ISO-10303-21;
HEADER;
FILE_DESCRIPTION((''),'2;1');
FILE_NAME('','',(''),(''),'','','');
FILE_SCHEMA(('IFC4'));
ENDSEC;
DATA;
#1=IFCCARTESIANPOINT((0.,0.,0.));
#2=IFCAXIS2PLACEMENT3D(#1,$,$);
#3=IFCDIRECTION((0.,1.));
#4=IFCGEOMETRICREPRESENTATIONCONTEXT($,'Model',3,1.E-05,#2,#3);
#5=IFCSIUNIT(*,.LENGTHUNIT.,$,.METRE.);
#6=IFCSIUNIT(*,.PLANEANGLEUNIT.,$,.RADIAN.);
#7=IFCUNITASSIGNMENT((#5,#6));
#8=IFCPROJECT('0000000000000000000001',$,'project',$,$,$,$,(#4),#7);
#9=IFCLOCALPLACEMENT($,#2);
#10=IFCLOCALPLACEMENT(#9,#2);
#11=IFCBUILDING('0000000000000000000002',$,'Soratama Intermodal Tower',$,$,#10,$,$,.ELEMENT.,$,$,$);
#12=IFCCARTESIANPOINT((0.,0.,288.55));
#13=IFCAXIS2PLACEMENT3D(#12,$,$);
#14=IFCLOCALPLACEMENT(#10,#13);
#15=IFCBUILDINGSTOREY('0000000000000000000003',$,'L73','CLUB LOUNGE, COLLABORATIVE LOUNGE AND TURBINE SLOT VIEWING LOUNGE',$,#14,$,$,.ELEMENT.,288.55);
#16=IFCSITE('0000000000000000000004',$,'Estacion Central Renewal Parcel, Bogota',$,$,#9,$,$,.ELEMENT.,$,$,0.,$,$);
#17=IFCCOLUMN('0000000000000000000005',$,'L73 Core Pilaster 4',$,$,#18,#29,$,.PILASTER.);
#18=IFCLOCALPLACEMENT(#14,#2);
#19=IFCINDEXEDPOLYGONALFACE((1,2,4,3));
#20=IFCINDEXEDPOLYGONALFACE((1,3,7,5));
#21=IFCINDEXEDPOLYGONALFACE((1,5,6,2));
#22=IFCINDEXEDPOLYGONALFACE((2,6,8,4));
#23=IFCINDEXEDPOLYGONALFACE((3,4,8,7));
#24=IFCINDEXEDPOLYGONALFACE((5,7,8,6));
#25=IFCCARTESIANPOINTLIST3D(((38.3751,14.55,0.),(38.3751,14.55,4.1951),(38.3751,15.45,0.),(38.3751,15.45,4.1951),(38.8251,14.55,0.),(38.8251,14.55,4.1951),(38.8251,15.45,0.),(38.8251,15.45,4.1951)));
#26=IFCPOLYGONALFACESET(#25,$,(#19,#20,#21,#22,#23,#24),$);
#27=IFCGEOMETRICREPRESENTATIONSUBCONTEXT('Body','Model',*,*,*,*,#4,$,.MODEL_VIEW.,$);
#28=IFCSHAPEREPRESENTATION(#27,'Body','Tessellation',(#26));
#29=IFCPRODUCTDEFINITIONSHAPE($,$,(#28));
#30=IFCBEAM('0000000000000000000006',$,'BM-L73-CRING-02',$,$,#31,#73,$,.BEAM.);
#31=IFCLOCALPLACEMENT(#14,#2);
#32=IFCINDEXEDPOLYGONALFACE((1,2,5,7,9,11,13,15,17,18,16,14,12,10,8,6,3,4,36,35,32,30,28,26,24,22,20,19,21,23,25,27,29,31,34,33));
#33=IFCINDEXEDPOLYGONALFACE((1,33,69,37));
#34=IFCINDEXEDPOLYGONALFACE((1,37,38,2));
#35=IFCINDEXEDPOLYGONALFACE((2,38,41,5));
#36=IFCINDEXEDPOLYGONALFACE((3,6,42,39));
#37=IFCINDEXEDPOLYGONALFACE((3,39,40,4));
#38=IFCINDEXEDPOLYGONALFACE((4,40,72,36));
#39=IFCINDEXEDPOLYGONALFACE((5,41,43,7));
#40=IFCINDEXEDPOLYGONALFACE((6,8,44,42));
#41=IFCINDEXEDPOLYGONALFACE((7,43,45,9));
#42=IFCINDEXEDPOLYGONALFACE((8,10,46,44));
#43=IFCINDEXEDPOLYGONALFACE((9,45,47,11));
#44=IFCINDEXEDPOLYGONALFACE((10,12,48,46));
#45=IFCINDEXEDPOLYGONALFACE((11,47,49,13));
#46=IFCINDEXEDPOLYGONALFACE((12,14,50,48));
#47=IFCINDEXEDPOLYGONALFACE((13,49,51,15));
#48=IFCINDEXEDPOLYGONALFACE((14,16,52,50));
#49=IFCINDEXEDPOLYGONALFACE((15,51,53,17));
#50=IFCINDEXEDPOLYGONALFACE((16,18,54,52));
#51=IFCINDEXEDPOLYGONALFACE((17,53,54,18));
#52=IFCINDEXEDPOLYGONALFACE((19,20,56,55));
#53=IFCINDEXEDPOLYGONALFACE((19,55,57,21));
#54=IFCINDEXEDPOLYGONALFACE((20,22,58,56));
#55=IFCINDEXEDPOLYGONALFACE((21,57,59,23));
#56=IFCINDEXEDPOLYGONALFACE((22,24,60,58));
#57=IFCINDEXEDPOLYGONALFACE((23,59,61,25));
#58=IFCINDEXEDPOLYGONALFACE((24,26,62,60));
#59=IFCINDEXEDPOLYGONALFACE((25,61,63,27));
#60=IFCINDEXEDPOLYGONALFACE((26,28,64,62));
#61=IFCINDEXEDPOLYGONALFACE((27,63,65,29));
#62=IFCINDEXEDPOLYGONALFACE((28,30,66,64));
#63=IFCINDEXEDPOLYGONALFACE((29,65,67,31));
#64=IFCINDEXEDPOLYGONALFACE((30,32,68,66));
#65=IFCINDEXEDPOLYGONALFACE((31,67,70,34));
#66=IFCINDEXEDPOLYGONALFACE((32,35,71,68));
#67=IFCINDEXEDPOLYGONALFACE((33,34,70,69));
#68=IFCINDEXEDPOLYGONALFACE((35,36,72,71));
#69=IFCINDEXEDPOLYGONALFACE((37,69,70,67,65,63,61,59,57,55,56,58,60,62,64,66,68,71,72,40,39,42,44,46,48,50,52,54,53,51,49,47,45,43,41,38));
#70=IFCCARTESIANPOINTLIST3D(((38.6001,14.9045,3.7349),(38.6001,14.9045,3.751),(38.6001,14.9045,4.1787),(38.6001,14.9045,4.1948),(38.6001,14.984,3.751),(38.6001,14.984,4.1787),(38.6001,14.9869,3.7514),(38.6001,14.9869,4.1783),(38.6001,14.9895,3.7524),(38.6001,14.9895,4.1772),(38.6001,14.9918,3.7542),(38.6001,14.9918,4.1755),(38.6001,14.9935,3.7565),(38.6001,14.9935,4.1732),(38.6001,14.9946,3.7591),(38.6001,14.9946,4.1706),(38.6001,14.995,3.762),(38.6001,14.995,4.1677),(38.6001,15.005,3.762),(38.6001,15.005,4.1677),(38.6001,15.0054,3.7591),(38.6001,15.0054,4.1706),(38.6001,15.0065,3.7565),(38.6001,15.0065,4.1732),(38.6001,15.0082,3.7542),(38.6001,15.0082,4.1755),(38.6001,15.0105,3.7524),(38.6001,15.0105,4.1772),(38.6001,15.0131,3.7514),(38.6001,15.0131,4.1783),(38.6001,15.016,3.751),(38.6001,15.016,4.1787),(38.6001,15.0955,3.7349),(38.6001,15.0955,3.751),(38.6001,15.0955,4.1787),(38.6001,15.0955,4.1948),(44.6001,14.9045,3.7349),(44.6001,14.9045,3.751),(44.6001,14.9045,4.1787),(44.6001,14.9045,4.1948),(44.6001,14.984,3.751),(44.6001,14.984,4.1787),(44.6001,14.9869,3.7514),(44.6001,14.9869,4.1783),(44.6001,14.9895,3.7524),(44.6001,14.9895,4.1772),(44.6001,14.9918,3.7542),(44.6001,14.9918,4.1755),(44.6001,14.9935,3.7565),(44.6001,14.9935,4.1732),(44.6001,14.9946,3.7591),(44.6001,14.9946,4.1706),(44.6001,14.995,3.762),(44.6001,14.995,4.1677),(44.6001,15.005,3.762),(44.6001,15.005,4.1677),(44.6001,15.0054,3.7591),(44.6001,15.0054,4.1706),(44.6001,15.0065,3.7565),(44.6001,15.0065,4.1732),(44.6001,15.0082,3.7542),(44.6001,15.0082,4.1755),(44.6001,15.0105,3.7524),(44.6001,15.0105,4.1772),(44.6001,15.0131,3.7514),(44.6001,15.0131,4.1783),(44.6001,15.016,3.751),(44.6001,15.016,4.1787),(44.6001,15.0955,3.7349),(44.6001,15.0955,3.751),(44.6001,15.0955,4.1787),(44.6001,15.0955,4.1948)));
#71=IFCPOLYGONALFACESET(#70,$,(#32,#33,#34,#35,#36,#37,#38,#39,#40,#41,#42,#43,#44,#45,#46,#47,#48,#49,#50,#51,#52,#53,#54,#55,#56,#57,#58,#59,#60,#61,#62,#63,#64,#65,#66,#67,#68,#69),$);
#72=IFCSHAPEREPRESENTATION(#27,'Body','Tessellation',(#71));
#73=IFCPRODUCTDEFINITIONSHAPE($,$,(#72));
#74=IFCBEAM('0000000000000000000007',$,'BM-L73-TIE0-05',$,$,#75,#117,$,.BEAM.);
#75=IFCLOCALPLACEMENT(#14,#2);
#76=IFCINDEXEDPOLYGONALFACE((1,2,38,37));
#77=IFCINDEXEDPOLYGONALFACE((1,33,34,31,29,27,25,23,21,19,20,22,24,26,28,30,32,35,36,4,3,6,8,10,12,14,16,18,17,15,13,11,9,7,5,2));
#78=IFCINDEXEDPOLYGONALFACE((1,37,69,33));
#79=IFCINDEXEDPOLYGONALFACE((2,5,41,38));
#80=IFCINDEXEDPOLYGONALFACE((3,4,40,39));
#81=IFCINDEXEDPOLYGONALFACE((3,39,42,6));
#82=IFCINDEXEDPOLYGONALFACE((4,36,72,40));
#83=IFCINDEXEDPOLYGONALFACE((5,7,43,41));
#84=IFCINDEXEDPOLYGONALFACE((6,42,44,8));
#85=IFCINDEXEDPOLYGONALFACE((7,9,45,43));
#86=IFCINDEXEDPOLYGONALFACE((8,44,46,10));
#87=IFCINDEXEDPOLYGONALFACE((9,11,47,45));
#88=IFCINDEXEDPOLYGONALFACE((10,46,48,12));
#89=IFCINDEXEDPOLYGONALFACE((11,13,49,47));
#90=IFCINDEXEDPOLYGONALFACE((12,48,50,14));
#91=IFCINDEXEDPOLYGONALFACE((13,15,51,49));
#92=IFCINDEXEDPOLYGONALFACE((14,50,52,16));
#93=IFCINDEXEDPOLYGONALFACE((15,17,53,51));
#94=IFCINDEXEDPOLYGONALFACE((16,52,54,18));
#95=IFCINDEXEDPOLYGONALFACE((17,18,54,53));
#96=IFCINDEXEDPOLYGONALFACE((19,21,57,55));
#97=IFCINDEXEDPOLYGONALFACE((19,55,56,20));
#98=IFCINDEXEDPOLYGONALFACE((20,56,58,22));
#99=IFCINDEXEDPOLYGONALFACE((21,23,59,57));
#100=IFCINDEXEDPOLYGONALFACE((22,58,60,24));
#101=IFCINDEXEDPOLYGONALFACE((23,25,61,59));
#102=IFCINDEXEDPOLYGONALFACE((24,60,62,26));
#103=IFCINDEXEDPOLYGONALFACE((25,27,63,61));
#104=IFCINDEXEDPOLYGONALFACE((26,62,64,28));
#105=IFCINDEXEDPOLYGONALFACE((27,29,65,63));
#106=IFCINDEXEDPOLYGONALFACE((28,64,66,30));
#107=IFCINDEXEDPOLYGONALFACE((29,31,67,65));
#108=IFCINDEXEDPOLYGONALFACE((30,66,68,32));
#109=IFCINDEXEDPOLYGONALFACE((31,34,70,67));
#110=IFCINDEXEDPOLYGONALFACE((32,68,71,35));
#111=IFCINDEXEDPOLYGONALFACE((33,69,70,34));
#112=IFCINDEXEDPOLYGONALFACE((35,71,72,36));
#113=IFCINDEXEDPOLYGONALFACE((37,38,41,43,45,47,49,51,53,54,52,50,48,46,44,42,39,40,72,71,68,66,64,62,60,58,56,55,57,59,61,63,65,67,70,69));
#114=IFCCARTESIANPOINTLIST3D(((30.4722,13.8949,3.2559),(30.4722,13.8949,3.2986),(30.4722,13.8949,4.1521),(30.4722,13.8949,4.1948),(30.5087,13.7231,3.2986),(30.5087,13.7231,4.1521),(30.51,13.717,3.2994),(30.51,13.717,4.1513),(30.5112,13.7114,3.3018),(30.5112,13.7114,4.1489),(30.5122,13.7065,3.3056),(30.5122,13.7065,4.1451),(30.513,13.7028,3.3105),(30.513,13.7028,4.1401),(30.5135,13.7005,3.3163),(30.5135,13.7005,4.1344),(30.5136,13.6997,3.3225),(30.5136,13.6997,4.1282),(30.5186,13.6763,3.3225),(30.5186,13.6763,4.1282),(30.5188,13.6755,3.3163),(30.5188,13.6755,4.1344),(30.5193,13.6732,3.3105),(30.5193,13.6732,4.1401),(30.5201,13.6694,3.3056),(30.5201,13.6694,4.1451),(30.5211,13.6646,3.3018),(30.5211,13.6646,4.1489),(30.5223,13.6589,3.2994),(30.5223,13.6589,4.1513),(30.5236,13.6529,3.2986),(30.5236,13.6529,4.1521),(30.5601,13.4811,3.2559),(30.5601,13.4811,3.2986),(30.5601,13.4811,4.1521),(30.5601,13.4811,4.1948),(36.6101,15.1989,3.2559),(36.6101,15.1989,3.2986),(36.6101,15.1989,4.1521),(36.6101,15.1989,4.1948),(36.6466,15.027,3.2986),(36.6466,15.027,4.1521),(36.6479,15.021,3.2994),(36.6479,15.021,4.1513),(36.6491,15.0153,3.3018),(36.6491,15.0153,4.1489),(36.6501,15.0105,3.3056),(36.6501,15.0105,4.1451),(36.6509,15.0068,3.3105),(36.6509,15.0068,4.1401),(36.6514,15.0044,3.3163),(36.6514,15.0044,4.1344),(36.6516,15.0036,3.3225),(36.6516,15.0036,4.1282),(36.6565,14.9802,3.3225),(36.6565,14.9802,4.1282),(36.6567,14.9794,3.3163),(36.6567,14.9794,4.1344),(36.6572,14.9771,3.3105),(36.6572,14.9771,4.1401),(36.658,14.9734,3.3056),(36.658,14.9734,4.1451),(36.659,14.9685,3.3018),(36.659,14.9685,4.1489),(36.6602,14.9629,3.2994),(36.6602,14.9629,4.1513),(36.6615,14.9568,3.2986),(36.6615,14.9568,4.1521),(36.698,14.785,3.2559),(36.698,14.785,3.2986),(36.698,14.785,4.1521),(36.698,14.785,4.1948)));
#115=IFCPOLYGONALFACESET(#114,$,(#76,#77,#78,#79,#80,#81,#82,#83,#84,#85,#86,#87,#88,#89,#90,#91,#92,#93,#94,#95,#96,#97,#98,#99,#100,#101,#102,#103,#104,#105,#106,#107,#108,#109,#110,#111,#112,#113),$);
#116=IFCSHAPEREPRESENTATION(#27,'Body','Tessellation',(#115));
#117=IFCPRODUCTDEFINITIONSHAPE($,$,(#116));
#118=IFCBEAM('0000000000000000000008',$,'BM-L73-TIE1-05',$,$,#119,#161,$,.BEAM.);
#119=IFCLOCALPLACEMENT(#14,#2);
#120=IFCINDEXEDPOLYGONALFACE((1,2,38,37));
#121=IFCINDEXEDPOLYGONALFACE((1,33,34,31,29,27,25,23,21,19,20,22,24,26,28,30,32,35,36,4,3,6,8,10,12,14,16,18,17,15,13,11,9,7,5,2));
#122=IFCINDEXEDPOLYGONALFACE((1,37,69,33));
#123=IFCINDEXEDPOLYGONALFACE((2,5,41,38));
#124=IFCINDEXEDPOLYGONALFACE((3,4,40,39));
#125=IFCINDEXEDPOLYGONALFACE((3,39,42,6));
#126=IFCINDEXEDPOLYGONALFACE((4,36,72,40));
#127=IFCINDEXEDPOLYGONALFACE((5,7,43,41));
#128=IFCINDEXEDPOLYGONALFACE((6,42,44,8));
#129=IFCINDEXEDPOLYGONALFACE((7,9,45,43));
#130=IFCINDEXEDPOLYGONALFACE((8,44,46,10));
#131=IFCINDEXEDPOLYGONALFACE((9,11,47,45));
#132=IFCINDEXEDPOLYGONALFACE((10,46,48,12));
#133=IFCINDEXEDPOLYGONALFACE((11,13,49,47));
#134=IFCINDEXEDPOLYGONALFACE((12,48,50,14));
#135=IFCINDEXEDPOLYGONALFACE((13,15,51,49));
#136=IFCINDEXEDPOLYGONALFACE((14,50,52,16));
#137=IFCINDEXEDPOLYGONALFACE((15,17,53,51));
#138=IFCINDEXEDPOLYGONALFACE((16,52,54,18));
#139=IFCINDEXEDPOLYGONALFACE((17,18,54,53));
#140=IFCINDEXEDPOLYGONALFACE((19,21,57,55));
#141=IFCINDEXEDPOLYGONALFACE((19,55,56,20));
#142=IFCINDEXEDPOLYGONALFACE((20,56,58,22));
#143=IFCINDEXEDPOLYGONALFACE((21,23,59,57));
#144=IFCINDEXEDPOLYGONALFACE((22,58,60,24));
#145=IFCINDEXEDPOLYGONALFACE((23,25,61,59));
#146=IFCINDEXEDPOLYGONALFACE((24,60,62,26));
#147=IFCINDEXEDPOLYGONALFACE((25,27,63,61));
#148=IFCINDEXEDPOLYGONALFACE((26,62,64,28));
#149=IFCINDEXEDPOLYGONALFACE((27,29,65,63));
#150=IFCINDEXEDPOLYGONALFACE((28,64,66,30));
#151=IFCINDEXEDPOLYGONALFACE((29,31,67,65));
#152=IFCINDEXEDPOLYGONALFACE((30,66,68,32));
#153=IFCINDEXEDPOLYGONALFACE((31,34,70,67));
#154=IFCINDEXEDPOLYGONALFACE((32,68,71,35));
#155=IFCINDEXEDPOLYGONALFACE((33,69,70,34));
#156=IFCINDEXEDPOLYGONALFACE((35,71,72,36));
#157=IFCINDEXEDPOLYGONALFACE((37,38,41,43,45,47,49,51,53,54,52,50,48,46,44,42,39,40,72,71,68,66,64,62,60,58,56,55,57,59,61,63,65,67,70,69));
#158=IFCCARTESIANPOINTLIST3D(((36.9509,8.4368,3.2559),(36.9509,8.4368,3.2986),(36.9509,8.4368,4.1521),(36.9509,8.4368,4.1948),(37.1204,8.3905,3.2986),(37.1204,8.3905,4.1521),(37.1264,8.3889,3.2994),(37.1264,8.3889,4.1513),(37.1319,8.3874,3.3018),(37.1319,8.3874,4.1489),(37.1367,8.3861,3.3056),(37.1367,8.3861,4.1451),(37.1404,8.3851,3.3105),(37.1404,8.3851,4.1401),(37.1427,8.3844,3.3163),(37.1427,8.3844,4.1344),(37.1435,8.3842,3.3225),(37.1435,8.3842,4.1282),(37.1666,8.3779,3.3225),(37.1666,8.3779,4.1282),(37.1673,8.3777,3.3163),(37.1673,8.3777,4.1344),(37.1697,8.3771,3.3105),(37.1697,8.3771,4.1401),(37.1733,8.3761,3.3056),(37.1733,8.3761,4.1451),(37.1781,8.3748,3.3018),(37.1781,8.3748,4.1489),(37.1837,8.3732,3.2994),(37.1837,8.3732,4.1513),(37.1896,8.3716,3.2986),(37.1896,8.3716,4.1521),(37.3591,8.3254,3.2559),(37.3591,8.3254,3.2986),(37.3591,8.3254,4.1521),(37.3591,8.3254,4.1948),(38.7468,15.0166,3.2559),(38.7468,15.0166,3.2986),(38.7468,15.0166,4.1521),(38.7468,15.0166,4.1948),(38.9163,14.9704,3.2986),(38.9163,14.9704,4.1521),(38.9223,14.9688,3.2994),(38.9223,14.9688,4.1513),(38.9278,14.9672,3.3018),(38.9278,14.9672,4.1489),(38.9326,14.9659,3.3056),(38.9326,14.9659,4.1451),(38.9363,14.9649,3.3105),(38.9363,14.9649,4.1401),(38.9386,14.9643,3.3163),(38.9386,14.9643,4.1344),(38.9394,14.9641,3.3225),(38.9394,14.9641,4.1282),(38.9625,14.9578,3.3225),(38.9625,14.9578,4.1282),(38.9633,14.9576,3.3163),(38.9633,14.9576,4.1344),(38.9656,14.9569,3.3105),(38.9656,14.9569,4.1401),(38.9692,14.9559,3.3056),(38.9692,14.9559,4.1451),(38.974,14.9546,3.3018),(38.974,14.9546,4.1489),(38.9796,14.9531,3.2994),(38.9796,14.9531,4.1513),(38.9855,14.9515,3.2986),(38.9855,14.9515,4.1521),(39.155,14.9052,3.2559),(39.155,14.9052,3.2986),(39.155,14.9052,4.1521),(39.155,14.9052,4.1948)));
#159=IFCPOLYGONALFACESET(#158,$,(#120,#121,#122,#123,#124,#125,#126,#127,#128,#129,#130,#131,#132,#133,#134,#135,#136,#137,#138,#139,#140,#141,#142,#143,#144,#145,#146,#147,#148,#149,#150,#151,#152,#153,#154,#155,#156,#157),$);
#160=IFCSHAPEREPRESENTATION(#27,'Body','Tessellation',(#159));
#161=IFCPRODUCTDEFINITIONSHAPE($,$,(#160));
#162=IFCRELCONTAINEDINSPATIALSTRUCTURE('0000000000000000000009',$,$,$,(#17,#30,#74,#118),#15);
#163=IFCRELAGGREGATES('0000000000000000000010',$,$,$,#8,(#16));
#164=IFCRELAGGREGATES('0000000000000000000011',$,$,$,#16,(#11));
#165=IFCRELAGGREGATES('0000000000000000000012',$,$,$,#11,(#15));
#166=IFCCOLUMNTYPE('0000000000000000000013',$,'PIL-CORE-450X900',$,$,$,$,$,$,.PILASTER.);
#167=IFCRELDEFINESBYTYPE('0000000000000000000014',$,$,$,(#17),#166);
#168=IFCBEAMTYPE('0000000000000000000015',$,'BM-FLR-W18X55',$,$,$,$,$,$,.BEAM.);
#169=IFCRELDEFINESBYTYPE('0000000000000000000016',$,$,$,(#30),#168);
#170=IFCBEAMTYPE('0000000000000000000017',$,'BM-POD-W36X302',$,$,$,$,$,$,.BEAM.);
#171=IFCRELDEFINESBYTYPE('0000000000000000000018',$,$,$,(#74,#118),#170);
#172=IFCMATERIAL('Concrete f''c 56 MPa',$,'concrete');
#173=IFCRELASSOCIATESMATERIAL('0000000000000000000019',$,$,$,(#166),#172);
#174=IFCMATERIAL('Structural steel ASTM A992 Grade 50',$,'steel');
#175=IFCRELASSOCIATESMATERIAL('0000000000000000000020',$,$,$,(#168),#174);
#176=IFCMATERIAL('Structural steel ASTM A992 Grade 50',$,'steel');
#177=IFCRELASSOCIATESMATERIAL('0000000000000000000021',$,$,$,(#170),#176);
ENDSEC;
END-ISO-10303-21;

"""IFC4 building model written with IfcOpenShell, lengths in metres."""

from ifc_helpers import new_model, si_unit, direction, frame, origin, origin_2d, place, context, subcontext, project, spatial, rectangle, i_section, extrude, material, material_profile, profile_set, type_object, element, save


model = new_model("IFC4")

# Units and contexts
model_context = context("Model", 3, precision=1e-05, world=origin(), true_north=direction((0.0, 1.0)))
body_context = subcontext(model_context, "Body", "Model", "MODEL_VIEW")
ifc_project = project(units=[si_unit("LENGTHUNIT", "METRE"), si_unit("PLANEANGLEUNIT", "RADIAN")], contexts=[model_context])

# Site, building, storey
site_placement = place(None, origin())
site = spatial("IfcSite", under=ifc_project, at=site_placement, Name="Estacion Central Renewal Parcel, Bogota", CompositionType="ELEMENT", RefElevation=0.0)
building_placement = place(site_placement, origin())
building = spatial("IfcBuilding", under=site, at=building_placement, Name="Soratama Intermodal Tower", CompositionType="ELEMENT")
storey_placement = place(building_placement, frame((0.0, 0.0, 288.55)))
storey = spatial("IfcBuildingStorey", under=building, at=storey_placement, Name="L73", Description="CLUB LOUNGE, COLLABORATIVE LOUNGE AND TURBINE SLOT VIEWING LOUNGE", CompositionType="ELEMENT", Elevation=288.55)

# Column
ifc_material_1 = material(Name="Concrete f'c 56 MPa", Category="concrete")
ifc_material_profile_1 = material_profile(ifc_material_1, rectangle(XDim=0.45, YDim=0.8999, at=origin_2d()), Name="RC450X900")
ifc_profile_set_1 = profile_set([ifc_material_profile_1], Name="Concrete f'c 56 MPa")
column_type = type_object("IfcColumnType", Name="PIL-CORE-450X900", PredefinedType="PILASTER", material=ifc_profile_set_1)
column_placement = place(storey_placement, frame((38.6001, 15.0, 0.0), z_axis=(0.0, 0.0, 1.0), x_axis=(1.0, 0.0, 0.0)))
element("IfcColumn", 1, at=column_placement, inside=storey, type_object=column_type, Name="L73 Core Pilaster 4", PredefinedType="PILASTER", context=body_context, shape_type="SweptSolid", body=[
    extrude(rectangle(XDim=0.45, YDim=0.8999, at=origin_2d()), origin(), (0.0, 0.0, 1.0), 4.1951),
])

# Beams
ifc_material_2 = material(Name="Structural steel ASTM A992 Grade 50", Category="steel")
ifc_material_profile_2 = material_profile(ifc_material_2, i_section(OverallWidth=0.1909, OverallDepth=0.46, WebThickness=0.01, FlangeThickness=0.0161, FilletRadius=0.011, at=origin_2d()), Name="W18X55")
ifc_profile_set_2 = profile_set([ifc_material_profile_2], Name="Structural steel ASTM A992 Grade 50")
beam_type_1 = type_object("IfcBeamType", Name="BM-FLR-W18X55", PredefinedType="BEAM", material=ifc_profile_set_2)
beam_1_placement = place(storey_placement, frame((38.6001, 15.0, 3.9648), z_axis=(1.0, 0.0, 0.0), x_axis=(0.0, 1.0, 0.0)))
element("IfcBeam", 2, at=beam_1_placement, inside=storey, type_object=beam_type_1, Name="BM-L73-CRING-02", PredefinedType="BEAM", context=body_context, shape_type="SweptSolid", body=[
    extrude(i_section(OverallWidth=0.1909, OverallDepth=0.46, WebThickness=0.01, FlangeThickness=0.0161, FilletRadius=0.011, at=origin_2d()), origin(), (0.0, 0.0, 1.0), 6.0),
])
ifc_material_3 = material(Name="Structural steel ASTM A992 Grade 50", Category="steel")
ifc_material_profile_3 = material_profile(ifc_material_3, i_section(OverallWidth=0.4231, OverallDepth=0.939, WebThickness=0.0239, FlangeThickness=0.0427, FilletRadius=0.0239, at=origin_2d()), Name="W36X302")
ifc_profile_set_3 = profile_set([ifc_material_profile_3], Name="Structural steel ASTM A992 Grade 50")
beam_type_2 = type_object("IfcBeamType", Name="BM-POD-W36X302", PredefinedType="BEAM", material=ifc_profile_set_3)
beam_2_placement = place(storey_placement, frame((36.6541, 14.9919, 3.7253), z_axis=(-0.97817, -0.207804, 0.0), x_axis=(0.207804, -0.97817, 0.0)))
element("IfcBeam", 3, at=beam_2_placement, inside=storey, type_object=beam_type_2, Name="BM-L73-TIE0-05", PredefinedType="BEAM", context=body_context, shape_type="SweptSolid", body=[
    extrude(i_section(OverallWidth=0.4231, OverallDepth=0.939, WebThickness=0.0239, FlangeThickness=0.0427, FilletRadius=0.0239, at=origin_2d()), origin(), (0.0, 0.0, 1.0), 6.2749),
])
beam_3_placement = place(storey_placement, frame((38.9509, 14.9609, 3.7253), z_axis=(-0.263308, -0.964712, 0.0), x_axis=(0.964712, -0.263308, 0.0)))
element("IfcBeam", 4, at=beam_3_placement, inside=storey, type_object=beam_type_2, Name="BM-L73-TIE1-05", PredefinedType="BEAM", context=body_context, shape_type="SweptSolid", body=[
    extrude(i_section(OverallWidth=0.4231, OverallDepth=0.939, WebThickness=0.0239, FlangeThickness=0.0427, FilletRadius=0.0239, at=origin_2d()), origin(), (0.0, 0.0, 1.0), 6.8206),
])

save(model, "model.ifc")
